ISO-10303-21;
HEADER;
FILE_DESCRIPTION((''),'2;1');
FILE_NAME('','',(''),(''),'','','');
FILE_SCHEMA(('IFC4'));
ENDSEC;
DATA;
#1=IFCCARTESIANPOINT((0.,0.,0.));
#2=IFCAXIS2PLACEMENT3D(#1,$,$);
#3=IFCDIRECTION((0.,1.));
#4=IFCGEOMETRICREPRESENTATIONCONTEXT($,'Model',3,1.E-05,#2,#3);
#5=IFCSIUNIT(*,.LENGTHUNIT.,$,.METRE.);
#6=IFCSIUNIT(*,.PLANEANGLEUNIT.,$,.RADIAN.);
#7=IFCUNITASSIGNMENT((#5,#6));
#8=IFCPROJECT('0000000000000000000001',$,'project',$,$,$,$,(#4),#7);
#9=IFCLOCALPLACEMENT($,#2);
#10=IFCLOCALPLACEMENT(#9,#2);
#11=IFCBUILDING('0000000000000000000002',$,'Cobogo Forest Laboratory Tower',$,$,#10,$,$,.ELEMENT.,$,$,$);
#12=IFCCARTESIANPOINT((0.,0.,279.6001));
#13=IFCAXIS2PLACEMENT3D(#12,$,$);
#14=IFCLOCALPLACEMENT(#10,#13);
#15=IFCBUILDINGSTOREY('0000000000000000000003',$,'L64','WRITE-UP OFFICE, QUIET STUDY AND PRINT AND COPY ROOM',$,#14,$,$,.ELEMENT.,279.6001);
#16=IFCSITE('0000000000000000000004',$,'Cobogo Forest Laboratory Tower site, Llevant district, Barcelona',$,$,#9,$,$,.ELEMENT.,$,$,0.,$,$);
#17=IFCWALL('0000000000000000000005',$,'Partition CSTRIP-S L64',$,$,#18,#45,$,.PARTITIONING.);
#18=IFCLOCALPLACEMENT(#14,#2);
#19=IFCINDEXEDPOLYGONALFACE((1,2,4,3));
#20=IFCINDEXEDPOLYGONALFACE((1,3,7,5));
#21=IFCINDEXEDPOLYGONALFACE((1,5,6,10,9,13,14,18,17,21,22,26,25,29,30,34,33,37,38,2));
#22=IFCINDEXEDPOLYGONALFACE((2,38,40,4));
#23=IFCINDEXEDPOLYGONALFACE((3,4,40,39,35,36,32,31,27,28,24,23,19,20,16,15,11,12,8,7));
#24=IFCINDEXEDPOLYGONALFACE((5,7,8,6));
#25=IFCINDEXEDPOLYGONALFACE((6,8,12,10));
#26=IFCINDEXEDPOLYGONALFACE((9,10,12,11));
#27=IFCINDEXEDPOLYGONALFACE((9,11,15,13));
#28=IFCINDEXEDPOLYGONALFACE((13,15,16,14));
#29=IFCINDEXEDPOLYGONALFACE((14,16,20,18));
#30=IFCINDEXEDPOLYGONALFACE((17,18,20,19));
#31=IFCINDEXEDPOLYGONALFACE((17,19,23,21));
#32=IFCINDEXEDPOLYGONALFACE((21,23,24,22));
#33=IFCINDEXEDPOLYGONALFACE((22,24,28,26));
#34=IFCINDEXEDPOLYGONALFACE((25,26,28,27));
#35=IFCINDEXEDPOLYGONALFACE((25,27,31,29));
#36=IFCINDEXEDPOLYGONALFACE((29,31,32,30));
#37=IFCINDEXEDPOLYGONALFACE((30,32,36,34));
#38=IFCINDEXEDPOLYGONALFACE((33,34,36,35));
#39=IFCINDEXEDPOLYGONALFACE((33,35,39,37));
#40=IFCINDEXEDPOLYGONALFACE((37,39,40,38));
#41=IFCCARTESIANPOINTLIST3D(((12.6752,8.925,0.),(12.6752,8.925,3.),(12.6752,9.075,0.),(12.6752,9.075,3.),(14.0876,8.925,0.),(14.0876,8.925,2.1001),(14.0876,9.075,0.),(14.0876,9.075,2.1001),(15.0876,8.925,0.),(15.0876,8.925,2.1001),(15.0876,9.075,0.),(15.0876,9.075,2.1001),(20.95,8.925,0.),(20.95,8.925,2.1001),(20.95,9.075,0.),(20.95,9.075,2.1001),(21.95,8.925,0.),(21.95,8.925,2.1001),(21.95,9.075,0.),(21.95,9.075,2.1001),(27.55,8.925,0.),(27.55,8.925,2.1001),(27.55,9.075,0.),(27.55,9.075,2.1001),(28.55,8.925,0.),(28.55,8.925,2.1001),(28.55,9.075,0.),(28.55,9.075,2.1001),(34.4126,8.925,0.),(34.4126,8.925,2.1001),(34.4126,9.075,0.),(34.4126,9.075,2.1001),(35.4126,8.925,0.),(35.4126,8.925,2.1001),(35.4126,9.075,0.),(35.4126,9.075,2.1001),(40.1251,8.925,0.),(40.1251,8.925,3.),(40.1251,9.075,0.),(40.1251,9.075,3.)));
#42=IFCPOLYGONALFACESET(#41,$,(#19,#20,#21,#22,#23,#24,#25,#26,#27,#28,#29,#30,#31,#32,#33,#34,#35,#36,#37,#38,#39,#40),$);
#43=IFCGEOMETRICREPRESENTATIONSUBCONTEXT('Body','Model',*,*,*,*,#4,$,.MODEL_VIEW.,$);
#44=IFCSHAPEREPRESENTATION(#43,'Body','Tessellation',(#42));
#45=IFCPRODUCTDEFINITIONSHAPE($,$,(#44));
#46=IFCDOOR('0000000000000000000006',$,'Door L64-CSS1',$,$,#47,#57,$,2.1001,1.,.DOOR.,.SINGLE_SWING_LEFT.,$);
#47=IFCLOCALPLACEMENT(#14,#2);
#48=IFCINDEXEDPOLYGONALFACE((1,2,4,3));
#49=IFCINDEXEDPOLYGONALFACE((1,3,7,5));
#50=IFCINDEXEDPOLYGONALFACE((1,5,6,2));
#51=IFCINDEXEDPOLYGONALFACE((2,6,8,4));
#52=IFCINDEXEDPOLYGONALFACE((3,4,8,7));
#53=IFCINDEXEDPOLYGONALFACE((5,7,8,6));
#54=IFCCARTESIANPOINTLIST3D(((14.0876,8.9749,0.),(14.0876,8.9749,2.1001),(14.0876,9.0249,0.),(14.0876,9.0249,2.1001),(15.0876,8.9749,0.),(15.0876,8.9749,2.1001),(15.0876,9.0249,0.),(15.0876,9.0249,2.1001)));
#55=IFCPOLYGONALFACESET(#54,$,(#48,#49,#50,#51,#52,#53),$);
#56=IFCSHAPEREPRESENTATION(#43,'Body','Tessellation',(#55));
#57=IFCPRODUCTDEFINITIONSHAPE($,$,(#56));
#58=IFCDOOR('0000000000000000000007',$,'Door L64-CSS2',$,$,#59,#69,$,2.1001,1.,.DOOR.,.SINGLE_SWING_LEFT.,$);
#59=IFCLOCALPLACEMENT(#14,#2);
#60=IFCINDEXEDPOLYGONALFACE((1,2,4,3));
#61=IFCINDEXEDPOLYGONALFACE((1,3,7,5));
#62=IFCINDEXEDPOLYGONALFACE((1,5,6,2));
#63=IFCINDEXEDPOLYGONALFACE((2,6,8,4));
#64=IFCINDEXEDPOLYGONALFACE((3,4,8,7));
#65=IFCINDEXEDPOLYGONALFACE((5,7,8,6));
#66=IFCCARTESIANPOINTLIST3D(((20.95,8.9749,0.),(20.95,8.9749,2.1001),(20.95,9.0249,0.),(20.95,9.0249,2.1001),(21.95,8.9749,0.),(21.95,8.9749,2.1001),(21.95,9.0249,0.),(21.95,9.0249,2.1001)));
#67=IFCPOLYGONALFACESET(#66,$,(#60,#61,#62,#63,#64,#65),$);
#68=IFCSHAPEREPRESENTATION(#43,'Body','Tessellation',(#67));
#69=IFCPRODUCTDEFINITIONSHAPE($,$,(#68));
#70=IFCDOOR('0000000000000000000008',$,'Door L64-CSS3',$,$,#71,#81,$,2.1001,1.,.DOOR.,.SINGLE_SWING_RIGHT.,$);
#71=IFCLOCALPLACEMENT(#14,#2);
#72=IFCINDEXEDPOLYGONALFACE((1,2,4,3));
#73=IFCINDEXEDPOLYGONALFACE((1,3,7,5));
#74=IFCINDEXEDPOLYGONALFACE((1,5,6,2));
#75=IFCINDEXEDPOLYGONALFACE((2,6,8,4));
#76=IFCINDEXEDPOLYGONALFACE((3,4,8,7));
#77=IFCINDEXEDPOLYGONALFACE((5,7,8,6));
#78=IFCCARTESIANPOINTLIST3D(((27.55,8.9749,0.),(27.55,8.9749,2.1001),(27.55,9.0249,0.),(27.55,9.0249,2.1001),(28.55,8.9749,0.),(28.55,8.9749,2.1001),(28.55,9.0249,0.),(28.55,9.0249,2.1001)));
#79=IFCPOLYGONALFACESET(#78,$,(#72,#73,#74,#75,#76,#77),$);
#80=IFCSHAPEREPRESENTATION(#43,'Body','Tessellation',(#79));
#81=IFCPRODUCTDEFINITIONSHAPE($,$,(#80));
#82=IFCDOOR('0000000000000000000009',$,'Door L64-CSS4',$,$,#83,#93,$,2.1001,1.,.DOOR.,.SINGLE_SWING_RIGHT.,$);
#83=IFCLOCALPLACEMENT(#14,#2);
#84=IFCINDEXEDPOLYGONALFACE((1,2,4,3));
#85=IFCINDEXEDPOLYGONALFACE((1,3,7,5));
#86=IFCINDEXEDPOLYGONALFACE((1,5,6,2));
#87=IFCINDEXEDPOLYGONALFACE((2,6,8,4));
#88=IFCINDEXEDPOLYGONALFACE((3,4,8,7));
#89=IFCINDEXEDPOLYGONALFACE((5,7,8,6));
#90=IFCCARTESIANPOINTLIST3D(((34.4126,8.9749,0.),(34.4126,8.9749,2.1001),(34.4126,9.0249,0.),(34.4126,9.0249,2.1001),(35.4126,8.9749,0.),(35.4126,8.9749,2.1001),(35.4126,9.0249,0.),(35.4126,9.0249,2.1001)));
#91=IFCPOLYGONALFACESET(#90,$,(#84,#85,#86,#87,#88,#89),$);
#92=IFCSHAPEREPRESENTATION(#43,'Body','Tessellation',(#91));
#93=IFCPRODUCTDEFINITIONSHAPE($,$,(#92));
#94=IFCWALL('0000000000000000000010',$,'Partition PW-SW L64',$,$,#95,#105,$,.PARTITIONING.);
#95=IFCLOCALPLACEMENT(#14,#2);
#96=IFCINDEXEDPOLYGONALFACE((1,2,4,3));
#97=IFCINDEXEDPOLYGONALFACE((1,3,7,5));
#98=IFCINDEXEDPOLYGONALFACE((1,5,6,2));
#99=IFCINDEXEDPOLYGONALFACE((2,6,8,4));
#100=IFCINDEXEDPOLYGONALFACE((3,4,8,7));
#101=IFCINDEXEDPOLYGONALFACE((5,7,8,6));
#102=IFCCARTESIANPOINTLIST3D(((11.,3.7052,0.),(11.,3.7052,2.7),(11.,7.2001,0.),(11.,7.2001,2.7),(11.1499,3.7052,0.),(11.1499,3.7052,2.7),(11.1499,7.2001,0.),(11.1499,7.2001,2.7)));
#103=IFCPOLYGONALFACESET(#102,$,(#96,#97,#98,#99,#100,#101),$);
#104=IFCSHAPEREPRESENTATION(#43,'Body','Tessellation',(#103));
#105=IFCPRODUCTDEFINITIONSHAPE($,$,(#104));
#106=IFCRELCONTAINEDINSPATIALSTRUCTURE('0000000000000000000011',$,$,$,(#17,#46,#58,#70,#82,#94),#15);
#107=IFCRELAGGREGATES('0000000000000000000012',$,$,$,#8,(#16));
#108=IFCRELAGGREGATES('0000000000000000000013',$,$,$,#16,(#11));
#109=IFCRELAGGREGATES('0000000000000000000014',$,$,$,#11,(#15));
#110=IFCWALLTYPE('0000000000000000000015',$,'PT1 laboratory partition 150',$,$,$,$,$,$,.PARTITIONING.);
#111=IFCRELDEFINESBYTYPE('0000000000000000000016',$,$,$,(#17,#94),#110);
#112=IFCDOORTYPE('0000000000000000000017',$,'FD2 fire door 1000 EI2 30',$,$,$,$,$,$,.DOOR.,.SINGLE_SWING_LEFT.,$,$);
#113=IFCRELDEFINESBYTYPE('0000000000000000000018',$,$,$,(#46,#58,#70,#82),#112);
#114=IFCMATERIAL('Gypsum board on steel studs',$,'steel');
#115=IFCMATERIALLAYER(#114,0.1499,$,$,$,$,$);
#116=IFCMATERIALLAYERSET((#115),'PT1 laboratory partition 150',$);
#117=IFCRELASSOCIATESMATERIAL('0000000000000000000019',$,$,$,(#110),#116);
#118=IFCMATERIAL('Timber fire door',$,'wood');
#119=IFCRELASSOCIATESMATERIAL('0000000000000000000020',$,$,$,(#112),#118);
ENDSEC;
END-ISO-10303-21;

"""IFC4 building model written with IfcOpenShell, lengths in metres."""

from ifc_helpers import new_model, si_unit, direction, frame, frame_2d, origin, place, context, subcontext, project, spatial, rectangle, extrude, material, layer, layer_set, type_object, element, fill, save


model = new_model("IFC4")

# Units and contexts
model_context = context("Model", 3, precision=1e-05, world=origin(), true_north=direction((0.0, 1.0)))
body_context = subcontext(model_context, "Body", "Model", "MODEL_VIEW")
ifc_project = project(units=[si_unit("LENGTHUNIT", "METRE"), si_unit("PLANEANGLEUNIT", "RADIAN")], contexts=[model_context])

# Site, building, storey
site_placement = place(None, origin())
site = spatial("IfcSite", under=ifc_project, at=site_placement, Name="Cobogo Forest Laboratory Tower site, Llevant district, Barcelona", CompositionType="ELEMENT", RefElevation=0.0)
building_placement = place(site_placement, origin())
building = spatial("IfcBuilding", under=site, at=building_placement, Name="Cobogo Forest Laboratory Tower", CompositionType="ELEMENT")
storey_placement = place(building_placement, frame((0.0, 0.0, 279.6001)))
storey = spatial("IfcBuildingStorey", under=building, at=storey_placement, Name="L64", Description="WRITE-UP OFFICE, QUIET STUDY AND PRINT AND COPY ROOM", CompositionType="ELEMENT", Elevation=279.6001)

# Wall, openings, doors
ifc_material_1 = material(Name="Gypsum board on steel studs", Category="steel")
ifc_layer_1 = layer(ifc_material_1, 0.1499)
ifc_layer_set_1 = layer_set([ifc_layer_1], Name="PT1 laboratory partition 150")
wall_type_1 = type_object("IfcWallType", Name="PT1 laboratory partition 150", PredefinedType="PARTITIONING", material=ifc_layer_set_1)
wall_1_placement = place(storey_placement, frame((12.675, 9.0, 0.0), z_axis=(0.0, 0.0, 1.0), x_axis=(1.0, 0.0, 0.0)))
wall_1 = element("IfcWall", 1, at=wall_1_placement, inside=storey, type_object=wall_type_1, Name="Partition CSTRIP-S L64", PredefinedType="PARTITIONING", context=body_context, shape_type="SweptSolid", body=[
    extrude(rectangle(XDim=27.45, YDim=0.1499, at=frame_2d((13.7251, 0.0))), origin(), (0.0, 0.0, 1.0), 3.0),
])
opening_1_placement = place(wall_1_placement, frame((1.4126, 0.0, 0.0)))
opening_1 = element("IfcOpeningElement", 2, at=opening_1_placement, cuts=wall_1, PredefinedType="OPENING", context=body_context, shape_type="SweptSolid", body=[
    extrude(rectangle(XDim=1.0, YDim=2.1001, at=frame_2d((0.5, 1.05))), frame((0.0, 0.085, 0.0), z_axis=(0.0, -1.0, 0.0), x_axis=(1.0, 0.0, 0.0)), (0.0, 0.0, 1.0), 0.1699),
])
opening_2_placement = place(wall_1_placement, frame((8.2749, 0.0, 0.0)))
opening_2 = element("IfcOpeningElement", 3, at=opening_2_placement, cuts=wall_1, PredefinedType="OPENING", context=body_context, shape_type="SweptSolid", body=[
    extrude(rectangle(XDim=1.0, YDim=2.1001, at=frame_2d((0.5, 1.05))), frame((0.0, 0.085, 0.0), z_axis=(0.0, -1.0, 0.0), x_axis=(1.0, 0.0, 0.0)), (0.0, 0.0, 1.0), 0.1699),
])
opening_3_placement = place(wall_1_placement, frame((14.875, 0.0, 0.0)))
opening_3 = element("IfcOpeningElement", 4, at=opening_3_placement, cuts=wall_1, PredefinedType="OPENING", context=body_context, shape_type="SweptSolid", body=[
    extrude(rectangle(XDim=1.0, YDim=2.1001, at=frame_2d((0.5, 1.05))), frame((0.0, 0.085, 0.0), z_axis=(0.0, -1.0, 0.0), x_axis=(1.0, 0.0, 0.0)), (0.0, 0.0, 1.0), 0.1699),
])
opening_4_placement = place(wall_1_placement, frame((21.7375, 0.0, 0.0)))
opening_4 = element("IfcOpeningElement", 5, at=opening_4_placement, cuts=wall_1, PredefinedType="OPENING", context=body_context, shape_type="SweptSolid", body=[
    extrude(rectangle(XDim=1.0, YDim=2.1001, at=frame_2d((0.5, 1.05))), frame((0.0, 0.085, 0.0), z_axis=(0.0, -1.0, 0.0), x_axis=(1.0, 0.0, 0.0)), (0.0, 0.0, 1.0), 0.1699),
])
ifc_material_2 = material(Name="Timber fire door", Category="wood")
door_type_1 = type_object("IfcDoorType", Name="FD2 fire door 1000 EI2 30", OperationType="SINGLE_SWING_LEFT", PredefinedType="DOOR", material=ifc_material_2)
door_1_placement = place(opening_1_placement, origin())
door_1 = element("IfcDoor", 6, at=door_1_placement, inside=storey, type_object=door_type_1, Name="Door L64-CSS1", OperationType="SINGLE_SWING_LEFT", OverallHeight=2.1001, OverallWidth=1.0, PredefinedType="DOOR", context=body_context, shape_type="SweptSolid", body=[
    extrude(rectangle(XDim=1.0, YDim=2.1001, at=frame_2d((0.5, 1.05))), frame((0.0, 0.0249, 0.0), z_axis=(0.0, -1.0, 0.0), x_axis=(1.0, 0.0, 0.0)), (0.0, 0.0, 1.0), 0.05),
])
fill(opening_1, door_1)
door_2_placement = place(opening_2_placement, origin())
door_2 = element("IfcDoor", 7, at=door_2_placement, inside=storey, type_object=door_type_1, Name="Door L64-CSS2", OperationType="SINGLE_SWING_LEFT", OverallHeight=2.1001, OverallWidth=1.0, PredefinedType="DOOR", context=body_context, shape_type="SweptSolid", body=[
    extrude(rectangle(XDim=1.0, YDim=2.1001, at=frame_2d((0.5, 1.05))), frame((0.0, 0.0249, 0.0), z_axis=(0.0, -1.0, 0.0), x_axis=(1.0, 0.0, 0.0)), (0.0, 0.0, 1.0), 0.05),
])
fill(opening_2, door_2)
door_3_placement = place(opening_3_placement, origin())
door_3 = element("IfcDoor", 8, at=door_3_placement, inside=storey, type_object=door_type_1, Name="Door L64-CSS3", OperationType="SINGLE_SWING_RIGHT", OverallHeight=2.1001, OverallWidth=1.0, PredefinedType="DOOR", context=body_context, shape_type="SweptSolid", body=[
    extrude(rectangle(XDim=1.0, YDim=2.1001, at=frame_2d((0.5, 1.05))), frame((0.0, 0.0249, 0.0), z_axis=(0.0, -1.0, 0.0), x_axis=(1.0, 0.0, 0.0)), (0.0, 0.0, 1.0), 0.05),
])
fill(opening_3, door_3)
door_4_placement = place(opening_4_placement, origin())
door_4 = element("IfcDoor", 9, at=door_4_placement, inside=storey, type_object=door_type_1, Name="Door L64-CSS4", OperationType="SINGLE_SWING_RIGHT", OverallHeight=2.1001, OverallWidth=1.0, PredefinedType="DOOR", context=body_context, shape_type="SweptSolid", body=[
    extrude(rectangle(XDim=1.0, YDim=2.1001, at=frame_2d((0.5, 1.05))), frame((0.0, 0.0249, 0.0), z_axis=(0.0, -1.0, 0.0), x_axis=(1.0, 0.0, 0.0)), (0.0, 0.0, 1.0), 0.05),
])
fill(opening_4, door_4)

# Wall
wall_2_placement = place(storey_placement, frame((11.075, 3.7051, 0.0), z_axis=(0.0, 0.0, 1.0), x_axis=(0.0, 1.0, 0.0)))
element("IfcWall", 10, at=wall_2_placement, inside=storey, type_object=wall_type_1, Name="Partition PW-SW L64", PredefinedType="PARTITIONING", context=body_context, shape_type="SweptSolid", body=[
    extrude(rectangle(XDim=3.4949, YDim=0.1499, at=frame_2d((1.7476, 0.0))), origin(), (0.0, 0.0, 1.0), 2.7),
])

save(model, "model.ifc")
